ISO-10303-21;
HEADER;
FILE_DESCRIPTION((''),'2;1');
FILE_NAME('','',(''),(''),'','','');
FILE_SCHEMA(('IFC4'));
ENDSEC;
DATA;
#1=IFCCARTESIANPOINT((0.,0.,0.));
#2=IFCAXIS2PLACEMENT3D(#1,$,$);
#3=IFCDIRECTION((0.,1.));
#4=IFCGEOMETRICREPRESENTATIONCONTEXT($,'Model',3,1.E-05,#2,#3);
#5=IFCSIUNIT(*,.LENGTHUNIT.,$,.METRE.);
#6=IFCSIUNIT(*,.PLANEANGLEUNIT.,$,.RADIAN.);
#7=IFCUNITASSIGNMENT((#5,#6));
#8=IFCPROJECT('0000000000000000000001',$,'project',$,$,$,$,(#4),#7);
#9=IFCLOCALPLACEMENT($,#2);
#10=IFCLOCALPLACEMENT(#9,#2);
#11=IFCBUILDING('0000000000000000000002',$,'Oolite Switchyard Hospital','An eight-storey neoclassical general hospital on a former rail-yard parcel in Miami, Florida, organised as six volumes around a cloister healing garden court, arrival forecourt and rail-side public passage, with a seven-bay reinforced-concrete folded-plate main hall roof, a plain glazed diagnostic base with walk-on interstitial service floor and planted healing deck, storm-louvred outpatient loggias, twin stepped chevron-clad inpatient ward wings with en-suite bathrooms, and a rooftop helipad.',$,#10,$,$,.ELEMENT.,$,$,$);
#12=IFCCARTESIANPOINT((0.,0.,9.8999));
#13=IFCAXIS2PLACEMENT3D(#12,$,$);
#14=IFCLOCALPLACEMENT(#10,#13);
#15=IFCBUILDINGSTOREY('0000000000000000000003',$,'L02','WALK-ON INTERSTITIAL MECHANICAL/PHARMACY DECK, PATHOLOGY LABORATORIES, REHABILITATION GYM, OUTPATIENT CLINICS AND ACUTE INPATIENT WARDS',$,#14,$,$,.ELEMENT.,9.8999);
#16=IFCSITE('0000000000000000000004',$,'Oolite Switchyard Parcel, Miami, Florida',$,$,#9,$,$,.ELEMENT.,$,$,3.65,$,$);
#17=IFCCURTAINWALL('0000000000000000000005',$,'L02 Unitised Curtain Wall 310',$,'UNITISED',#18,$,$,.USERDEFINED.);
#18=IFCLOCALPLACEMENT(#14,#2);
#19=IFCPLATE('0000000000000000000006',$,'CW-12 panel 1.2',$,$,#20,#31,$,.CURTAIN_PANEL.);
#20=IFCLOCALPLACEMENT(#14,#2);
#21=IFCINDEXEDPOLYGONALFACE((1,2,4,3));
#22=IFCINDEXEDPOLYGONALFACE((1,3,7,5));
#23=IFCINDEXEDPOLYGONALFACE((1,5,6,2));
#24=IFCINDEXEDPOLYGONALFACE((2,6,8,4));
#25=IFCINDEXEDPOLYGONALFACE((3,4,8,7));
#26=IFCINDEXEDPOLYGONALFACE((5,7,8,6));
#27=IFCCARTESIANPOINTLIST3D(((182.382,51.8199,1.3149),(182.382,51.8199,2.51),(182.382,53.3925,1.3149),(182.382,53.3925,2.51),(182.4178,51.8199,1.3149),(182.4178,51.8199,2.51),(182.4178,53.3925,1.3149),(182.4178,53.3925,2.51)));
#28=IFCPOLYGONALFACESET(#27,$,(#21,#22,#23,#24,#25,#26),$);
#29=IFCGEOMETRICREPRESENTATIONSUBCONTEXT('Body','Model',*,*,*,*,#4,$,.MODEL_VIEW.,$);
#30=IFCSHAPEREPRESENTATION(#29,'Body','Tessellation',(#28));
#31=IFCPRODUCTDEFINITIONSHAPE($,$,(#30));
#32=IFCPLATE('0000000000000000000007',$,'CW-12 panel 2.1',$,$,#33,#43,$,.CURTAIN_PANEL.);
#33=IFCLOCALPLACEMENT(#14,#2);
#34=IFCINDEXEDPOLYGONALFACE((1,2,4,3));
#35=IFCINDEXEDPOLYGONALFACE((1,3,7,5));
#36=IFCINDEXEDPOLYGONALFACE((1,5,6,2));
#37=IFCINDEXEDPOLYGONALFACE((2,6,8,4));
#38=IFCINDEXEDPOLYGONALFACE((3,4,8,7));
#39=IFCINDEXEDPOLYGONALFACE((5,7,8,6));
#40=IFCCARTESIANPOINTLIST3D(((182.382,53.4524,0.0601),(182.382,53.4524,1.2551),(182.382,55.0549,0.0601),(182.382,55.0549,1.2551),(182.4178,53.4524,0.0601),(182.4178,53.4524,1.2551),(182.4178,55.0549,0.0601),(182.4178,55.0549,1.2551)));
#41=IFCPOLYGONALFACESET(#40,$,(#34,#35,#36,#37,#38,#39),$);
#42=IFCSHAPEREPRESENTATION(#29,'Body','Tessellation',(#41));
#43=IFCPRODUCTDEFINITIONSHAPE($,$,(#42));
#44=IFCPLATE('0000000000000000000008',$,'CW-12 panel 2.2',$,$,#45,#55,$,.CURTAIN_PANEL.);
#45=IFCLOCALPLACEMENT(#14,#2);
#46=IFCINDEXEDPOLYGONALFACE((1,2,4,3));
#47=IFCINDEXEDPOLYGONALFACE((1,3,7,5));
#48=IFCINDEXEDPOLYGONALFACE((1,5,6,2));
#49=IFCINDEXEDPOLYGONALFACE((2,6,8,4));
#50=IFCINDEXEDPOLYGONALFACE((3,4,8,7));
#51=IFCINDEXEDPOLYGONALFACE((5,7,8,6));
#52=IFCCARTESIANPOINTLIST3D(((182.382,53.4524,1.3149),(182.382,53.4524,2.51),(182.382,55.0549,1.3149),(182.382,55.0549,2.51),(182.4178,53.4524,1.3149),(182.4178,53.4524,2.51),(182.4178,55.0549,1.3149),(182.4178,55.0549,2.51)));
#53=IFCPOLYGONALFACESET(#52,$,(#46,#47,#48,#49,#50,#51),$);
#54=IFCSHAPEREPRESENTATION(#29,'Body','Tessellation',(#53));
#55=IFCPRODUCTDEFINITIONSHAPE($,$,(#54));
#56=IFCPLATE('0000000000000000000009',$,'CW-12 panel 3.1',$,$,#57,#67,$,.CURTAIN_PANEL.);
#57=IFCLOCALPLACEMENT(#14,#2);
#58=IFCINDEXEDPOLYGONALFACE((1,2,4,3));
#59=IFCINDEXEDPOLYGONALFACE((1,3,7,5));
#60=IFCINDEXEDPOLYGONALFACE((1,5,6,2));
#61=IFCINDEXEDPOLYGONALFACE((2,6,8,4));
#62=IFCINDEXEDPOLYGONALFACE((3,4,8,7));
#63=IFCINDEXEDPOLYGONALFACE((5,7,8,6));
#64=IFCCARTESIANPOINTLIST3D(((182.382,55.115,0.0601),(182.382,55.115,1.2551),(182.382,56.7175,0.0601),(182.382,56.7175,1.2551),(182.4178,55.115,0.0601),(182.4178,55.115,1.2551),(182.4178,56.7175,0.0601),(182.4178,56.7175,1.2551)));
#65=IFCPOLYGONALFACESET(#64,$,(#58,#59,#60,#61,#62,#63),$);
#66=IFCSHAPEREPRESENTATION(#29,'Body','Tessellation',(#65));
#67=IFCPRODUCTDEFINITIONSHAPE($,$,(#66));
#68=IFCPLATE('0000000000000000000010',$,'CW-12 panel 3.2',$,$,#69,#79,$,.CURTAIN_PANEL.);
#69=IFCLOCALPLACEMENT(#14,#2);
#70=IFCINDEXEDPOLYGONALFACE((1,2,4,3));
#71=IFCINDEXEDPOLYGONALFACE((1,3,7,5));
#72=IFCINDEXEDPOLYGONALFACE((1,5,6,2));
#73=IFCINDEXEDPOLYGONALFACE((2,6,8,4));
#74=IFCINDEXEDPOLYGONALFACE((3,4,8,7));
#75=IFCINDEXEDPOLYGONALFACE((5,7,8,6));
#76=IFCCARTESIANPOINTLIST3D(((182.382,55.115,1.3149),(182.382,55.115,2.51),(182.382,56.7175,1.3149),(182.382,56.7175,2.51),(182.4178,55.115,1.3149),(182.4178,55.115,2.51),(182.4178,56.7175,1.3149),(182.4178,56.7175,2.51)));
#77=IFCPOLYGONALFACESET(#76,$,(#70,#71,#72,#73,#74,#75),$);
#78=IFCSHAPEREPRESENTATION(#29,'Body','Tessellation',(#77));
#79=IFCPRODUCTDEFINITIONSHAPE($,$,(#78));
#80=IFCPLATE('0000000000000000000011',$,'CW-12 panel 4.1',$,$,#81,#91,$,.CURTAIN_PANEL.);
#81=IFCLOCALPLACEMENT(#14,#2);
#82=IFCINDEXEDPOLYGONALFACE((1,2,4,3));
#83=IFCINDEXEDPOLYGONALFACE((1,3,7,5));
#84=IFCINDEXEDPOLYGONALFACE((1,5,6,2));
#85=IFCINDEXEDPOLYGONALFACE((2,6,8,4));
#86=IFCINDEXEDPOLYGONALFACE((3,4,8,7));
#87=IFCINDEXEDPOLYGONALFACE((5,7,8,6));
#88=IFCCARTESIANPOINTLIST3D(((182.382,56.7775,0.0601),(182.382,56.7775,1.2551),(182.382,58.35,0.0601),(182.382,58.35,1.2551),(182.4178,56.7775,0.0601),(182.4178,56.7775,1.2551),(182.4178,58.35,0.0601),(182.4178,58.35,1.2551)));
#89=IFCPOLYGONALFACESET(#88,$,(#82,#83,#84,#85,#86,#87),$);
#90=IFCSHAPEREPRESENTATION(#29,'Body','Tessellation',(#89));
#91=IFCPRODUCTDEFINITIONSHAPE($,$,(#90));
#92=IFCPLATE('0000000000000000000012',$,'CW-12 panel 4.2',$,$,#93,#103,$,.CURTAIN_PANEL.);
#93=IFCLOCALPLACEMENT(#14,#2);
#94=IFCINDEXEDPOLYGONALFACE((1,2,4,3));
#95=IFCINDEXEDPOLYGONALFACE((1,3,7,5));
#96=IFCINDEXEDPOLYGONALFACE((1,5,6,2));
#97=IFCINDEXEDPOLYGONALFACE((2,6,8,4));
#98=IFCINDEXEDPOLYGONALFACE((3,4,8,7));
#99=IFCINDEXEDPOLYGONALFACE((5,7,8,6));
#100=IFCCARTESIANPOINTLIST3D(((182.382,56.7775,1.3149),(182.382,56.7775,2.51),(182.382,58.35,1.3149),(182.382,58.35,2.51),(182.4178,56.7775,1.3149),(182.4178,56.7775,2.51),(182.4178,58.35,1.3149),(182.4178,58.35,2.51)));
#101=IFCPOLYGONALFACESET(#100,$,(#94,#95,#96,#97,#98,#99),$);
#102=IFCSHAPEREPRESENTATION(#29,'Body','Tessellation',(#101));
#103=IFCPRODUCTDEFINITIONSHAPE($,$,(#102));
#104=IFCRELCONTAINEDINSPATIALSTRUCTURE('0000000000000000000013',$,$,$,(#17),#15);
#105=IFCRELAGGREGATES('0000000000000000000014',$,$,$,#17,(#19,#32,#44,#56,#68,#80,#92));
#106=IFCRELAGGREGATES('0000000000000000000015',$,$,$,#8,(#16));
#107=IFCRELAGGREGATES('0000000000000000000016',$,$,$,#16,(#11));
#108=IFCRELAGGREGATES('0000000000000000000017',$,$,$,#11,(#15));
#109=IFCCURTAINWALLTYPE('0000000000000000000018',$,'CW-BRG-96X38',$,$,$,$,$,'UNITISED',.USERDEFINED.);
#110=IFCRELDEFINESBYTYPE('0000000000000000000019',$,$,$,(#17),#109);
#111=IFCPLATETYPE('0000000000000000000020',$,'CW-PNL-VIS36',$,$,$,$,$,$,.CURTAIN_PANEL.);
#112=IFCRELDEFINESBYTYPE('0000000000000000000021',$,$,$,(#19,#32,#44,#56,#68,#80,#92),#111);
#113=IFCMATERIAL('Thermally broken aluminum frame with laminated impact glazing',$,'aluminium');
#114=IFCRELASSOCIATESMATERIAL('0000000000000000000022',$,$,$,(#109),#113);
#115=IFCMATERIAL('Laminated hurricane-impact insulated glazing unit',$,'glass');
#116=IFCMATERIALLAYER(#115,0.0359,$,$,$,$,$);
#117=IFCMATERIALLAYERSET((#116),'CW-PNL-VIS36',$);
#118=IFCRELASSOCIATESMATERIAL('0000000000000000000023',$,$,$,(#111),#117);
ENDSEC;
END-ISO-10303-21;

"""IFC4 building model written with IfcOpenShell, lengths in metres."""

from ifc_helpers import new_model, si_unit, direction, frame, origin, origin_2d, place, context, subcontext, project, spatial, rectangle, extrude, material, layer, layer_set, type_object, element, aggregate, save


model = new_model("IFC4")

# Units and contexts
model_context = context("Model", 3, precision=1e-05, world=origin(), true_north=direction((0.0, 1.0)))
body_context = subcontext(model_context, "Body", "Model", "MODEL_VIEW")
ifc_project = project(units=[si_unit("LENGTHUNIT", "METRE"), si_unit("PLANEANGLEUNIT", "RADIAN")], contexts=[model_context])

# Site, building, storey
site_placement = place(None, origin())
site = spatial("IfcSite", under=ifc_project, at=site_placement, Name="Oolite Switchyard Parcel, Miami, Florida", CompositionType="ELEMENT", RefElevation=3.65)
building_placement = place(site_placement, origin())
building = spatial("IfcBuilding", under=site, at=building_placement, Name="Oolite Switchyard Hospital", Description="An eight-storey neoclassical general hospital on a former rail-yard parcel in Miami, Florida, organised as six volumes around a cloister healing garden court, arrival forecourt and rail-side public passage, with a seven-bay reinforced-concrete folded-plate main hall roof, a plain glazed diagnostic base with walk-on interstitial service floor and planted healing deck, storm-louvred outpatient loggias, twin stepped chevron-clad inpatient ward wings with en-suite bathrooms, and a rooftop helipad.", CompositionType="ELEMENT")
storey_placement = place(building_placement, frame((0.0, 0.0, 9.8999)))
storey = spatial("IfcBuildingStorey", under=building, at=storey_placement, Name="L02", Description="WALK-ON INTERSTITIAL MECHANICAL/PHARMACY DECK, PATHOLOGY LABORATORIES, REHABILITATION GYM, OUTPATIENT CLINICS AND ACUTE INPATIENT WARDS", CompositionType="ELEMENT", Elevation=9.8999)

# Curtain wall
ifc_material_1 = material(Name="Thermally broken aluminum frame with laminated impact glazing", Category="aluminium")
curtain_wall_type_1 = type_object("IfcCurtainWallType", Name="CW-BRG-96X38", ElementType="UNITISED", PredefinedType="USERDEFINED", material=ifc_material_1)
curtain_wall_1_placement = place(storey_placement, origin())
curtain_wall_1 = element("IfcCurtainWall", 1, at=curtain_wall_1_placement, inside=storey, type_object=curtain_wall_type_1, Name="L02 Unitised Curtain Wall 310", ObjectType="UNITISED", PredefinedType="USERDEFINED")

# Plates
ifc_material_2 = material(Name="Laminated hurricane-impact insulated glazing unit", Category="glass")
ifc_layer_1 = layer(ifc_material_2, 0.0359)
ifc_layer_set_1 = layer_set([ifc_layer_1], Name="CW-PNL-VIS36")
plate_type_1 = type_object("IfcPlateType", Name="CW-PNL-VIS36", PredefinedType="CURTAIN_PANEL", material=ifc_layer_set_1)
plate_1_placement = place(storey_placement, frame((182.3999, 52.6062, 1.3149), z_axis=(0.0, 0.0, 1.0), x_axis=(0.0, 1.0, 0.0)))
plate_1 = element("IfcPlate", 2, at=plate_1_placement, type_object=plate_type_1, Name="CW-12 panel 1.2", PredefinedType="CURTAIN_PANEL", context=body_context, shape_type="SweptSolid", body=[
    extrude(rectangle(XDim=1.5725, YDim=0.0359, at=origin_2d()), origin(), (0.0, 0.0, 1.0), 1.1951),
])
plate_2_placement = place(storey_placement, frame((182.3999, 54.2537, 0.0601), z_axis=(0.0, 0.0, 1.0), x_axis=(0.0, 1.0, 0.0)))
plate_2 = element("IfcPlate", 3, at=plate_2_placement, type_object=plate_type_1, Name="CW-12 panel 2.1", PredefinedType="CURTAIN_PANEL", context=body_context, shape_type="SweptSolid", body=[
    extrude(rectangle(XDim=1.6025, YDim=0.0359, at=origin_2d()), origin(), (0.0, 0.0, 1.0), 1.1951),
])
plate_3_placement = place(storey_placement, frame((182.3999, 54.2537, 1.3149), z_axis=(0.0, 0.0, 1.0), x_axis=(0.0, 1.0, 0.0)))
plate_3 = element("IfcPlate", 4, at=plate_3_placement, type_object=plate_type_1, Name="CW-12 panel 2.2", PredefinedType="CURTAIN_PANEL", context=body_context, shape_type="SweptSolid", body=[
    extrude(rectangle(XDim=1.6025, YDim=0.0359, at=origin_2d()), origin(), (0.0, 0.0, 1.0), 1.1951),
])
plate_4_placement = place(storey_placement, frame((182.3999, 55.9163, 0.0601), z_axis=(0.0, 0.0, 1.0), x_axis=(0.0, 1.0, 0.0)))
plate_4 = element("IfcPlate", 5, at=plate_4_placement, type_object=plate_type_1, Name="CW-12 panel 3.1", PredefinedType="CURTAIN_PANEL", context=body_context, shape_type="SweptSolid", body=[
    extrude(rectangle(XDim=1.6025, YDim=0.0359, at=origin_2d()), origin(), (0.0, 0.0, 1.0), 1.1951),
])
plate_5_placement = place(storey_placement, frame((182.3999, 55.9163, 1.3149), z_axis=(0.0, 0.0, 1.0), x_axis=(0.0, 1.0, 0.0)))
plate_5 = element("IfcPlate", 6, at=plate_5_placement, type_object=plate_type_1, Name="CW-12 panel 3.2", PredefinedType="CURTAIN_PANEL", context=body_context, shape_type="SweptSolid", body=[
    extrude(rectangle(XDim=1.6025, YDim=0.0359, at=origin_2d()), origin(), (0.0, 0.0, 1.0), 1.1951),
])
plate_6_placement = place(storey_placement, frame((182.3999, 57.5637, 0.0601), z_axis=(0.0, 0.0, 1.0), x_axis=(0.0, 1.0, 0.0)))
plate_6 = element("IfcPlate", 7, at=plate_6_placement, type_object=plate_type_1, Name="CW-12 panel 4.1", PredefinedType="CURTAIN_PANEL", context=body_context, shape_type="SweptSolid", body=[
    extrude(rectangle(XDim=1.5725, YDim=0.0359, at=origin_2d()), origin(), (0.0, 0.0, 1.0), 1.1951),
])
plate_7_placement = place(storey_placement, frame((182.3999, 57.5637, 1.3149), z_axis=(0.0, 0.0, 1.0), x_axis=(0.0, 1.0, 0.0)))
plate_7 = element("IfcPlate", 8, at=plate_7_placement, type_object=plate_type_1, Name="CW-12 panel 4.2", PredefinedType="CURTAIN_PANEL", context=body_context, shape_type="SweptSolid", body=[
    extrude(rectangle(XDim=1.5725, YDim=0.0359, at=origin_2d()), origin(), (0.0, 0.0, 1.0), 1.1951),
])
aggregate(curtain_wall_1, [plate_1, plate_2, plate_3, plate_4, plate_5, plate_6, plate_7])

save(model, "model.ifc")
